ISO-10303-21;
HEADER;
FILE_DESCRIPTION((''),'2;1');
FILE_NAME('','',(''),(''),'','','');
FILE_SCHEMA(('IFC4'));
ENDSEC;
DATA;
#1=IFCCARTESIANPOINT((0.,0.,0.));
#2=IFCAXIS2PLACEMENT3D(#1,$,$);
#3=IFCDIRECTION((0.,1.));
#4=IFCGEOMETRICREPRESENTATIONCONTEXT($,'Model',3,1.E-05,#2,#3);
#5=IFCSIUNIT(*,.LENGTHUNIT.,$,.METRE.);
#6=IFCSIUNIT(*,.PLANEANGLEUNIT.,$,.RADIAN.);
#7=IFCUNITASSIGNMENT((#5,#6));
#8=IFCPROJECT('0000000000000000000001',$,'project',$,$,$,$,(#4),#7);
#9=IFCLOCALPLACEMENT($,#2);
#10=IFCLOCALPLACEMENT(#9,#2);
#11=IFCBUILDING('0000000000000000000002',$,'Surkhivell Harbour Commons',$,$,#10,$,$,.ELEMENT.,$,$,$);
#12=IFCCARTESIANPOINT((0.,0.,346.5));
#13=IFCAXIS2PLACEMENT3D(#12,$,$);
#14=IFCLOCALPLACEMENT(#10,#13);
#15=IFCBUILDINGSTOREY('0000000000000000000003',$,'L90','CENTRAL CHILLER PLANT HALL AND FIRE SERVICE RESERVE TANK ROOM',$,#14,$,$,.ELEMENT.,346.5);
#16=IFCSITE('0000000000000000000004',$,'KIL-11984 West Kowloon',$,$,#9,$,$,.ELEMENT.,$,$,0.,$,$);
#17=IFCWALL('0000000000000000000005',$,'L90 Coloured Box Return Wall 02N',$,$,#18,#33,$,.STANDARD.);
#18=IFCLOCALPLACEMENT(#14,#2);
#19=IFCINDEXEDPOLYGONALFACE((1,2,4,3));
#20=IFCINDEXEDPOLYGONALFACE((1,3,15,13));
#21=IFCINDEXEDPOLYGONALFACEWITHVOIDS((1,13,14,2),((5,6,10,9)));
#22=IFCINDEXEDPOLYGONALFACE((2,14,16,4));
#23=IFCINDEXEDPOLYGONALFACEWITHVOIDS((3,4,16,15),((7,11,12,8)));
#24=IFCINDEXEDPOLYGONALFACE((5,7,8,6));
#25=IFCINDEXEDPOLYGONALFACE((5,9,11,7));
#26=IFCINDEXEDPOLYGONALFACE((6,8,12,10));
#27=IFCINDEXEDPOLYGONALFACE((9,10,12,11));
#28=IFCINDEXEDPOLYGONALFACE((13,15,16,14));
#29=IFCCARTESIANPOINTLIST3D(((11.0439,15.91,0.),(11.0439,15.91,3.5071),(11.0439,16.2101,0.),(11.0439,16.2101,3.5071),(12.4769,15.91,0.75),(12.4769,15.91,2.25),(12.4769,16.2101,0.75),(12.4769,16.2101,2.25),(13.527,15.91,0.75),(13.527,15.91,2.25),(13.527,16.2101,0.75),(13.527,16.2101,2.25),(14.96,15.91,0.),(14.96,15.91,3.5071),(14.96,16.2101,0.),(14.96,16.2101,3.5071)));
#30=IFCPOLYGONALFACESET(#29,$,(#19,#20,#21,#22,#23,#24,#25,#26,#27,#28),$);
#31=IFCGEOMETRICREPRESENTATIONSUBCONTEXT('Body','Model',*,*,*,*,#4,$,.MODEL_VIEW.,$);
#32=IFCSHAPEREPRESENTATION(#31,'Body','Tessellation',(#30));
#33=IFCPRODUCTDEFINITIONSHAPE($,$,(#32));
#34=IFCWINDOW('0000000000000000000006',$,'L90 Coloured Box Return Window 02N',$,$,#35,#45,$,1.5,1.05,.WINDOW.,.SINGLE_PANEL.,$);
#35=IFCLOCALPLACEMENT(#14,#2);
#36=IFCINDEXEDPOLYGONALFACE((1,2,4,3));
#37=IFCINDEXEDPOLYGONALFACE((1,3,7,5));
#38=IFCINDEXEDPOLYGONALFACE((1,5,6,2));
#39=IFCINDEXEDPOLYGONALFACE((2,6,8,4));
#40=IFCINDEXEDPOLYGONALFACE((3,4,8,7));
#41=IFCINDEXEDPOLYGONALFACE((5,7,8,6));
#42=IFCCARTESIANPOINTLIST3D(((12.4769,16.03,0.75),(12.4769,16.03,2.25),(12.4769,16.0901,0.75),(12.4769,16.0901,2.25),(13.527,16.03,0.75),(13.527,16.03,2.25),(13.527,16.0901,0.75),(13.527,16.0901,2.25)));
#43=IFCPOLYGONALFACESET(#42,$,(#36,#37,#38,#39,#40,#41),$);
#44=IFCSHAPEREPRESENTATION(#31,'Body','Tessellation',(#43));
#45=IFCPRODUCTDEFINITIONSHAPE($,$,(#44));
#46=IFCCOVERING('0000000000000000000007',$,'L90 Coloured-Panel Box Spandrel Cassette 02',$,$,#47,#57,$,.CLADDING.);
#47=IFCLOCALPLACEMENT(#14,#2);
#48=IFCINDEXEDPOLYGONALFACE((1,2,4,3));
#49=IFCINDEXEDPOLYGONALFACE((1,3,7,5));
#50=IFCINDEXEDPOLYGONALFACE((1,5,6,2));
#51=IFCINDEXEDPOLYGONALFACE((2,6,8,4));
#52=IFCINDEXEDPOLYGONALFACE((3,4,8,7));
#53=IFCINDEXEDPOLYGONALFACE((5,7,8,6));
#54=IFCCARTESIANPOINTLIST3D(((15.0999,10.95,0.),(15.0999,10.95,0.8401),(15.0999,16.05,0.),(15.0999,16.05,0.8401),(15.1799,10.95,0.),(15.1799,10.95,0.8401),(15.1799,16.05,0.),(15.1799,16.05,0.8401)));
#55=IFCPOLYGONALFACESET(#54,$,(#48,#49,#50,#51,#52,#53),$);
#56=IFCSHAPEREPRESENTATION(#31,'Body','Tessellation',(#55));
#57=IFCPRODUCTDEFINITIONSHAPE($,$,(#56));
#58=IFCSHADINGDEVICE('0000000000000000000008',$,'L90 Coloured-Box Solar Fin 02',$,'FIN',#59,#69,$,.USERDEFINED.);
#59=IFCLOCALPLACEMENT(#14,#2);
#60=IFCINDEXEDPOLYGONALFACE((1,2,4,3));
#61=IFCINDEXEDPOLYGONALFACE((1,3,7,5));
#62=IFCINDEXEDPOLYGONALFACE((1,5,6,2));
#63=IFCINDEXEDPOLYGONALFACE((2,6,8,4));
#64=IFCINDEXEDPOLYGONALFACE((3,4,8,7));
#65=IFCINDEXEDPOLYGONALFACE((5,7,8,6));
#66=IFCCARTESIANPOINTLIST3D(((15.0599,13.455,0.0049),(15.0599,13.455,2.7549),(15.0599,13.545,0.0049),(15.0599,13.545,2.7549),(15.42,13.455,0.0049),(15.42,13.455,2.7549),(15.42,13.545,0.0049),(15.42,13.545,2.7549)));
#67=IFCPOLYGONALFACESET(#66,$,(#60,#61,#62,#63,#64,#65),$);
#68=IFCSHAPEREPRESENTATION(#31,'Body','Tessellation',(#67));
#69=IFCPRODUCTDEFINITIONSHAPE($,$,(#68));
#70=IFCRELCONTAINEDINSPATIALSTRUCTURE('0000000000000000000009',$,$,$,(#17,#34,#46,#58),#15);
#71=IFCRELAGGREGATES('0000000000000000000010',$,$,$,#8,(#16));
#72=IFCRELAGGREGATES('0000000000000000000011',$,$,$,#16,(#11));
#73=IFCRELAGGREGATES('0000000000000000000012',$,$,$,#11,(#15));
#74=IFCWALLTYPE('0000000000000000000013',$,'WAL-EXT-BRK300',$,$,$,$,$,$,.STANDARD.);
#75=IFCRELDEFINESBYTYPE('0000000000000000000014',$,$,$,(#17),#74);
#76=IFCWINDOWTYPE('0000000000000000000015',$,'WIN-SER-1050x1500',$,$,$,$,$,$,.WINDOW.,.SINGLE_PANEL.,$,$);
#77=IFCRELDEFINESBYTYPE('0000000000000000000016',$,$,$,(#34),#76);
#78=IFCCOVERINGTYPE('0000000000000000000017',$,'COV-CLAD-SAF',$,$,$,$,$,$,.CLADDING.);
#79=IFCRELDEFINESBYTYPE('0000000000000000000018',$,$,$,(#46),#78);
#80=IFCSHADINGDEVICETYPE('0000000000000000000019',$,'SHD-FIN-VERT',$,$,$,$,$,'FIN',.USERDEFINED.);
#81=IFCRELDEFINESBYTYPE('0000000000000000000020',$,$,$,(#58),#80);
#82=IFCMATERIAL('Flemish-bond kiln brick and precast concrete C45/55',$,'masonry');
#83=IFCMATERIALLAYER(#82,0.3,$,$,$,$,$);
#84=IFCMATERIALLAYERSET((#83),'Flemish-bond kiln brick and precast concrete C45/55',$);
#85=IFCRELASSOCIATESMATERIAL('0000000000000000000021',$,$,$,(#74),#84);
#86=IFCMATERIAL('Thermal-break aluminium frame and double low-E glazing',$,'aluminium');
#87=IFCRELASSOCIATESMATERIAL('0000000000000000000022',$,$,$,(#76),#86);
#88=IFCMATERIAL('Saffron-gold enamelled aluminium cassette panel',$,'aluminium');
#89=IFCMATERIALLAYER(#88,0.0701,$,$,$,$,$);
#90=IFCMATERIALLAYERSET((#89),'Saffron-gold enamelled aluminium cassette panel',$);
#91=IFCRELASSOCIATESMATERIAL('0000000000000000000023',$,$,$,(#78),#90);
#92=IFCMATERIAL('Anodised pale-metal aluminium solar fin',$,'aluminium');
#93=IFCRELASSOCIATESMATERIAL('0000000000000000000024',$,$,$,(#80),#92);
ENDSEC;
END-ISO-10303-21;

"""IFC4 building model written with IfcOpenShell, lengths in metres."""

from ifc_helpers import new_model, si_unit, direction, frame, frame_2d, origin, origin_2d, place, context, subcontext, project, spatial, rectangle, extrude, material, layer, layer_set, type_object, element, fill, save


model = new_model("IFC4")

# Units and contexts
model_context = context("Model", 3, precision=1e-05, world=origin(), true_north=direction((0.0, 1.0)))
body_context = subcontext(model_context, "Body", "Model", "MODEL_VIEW")
ifc_project = project(units=[si_unit("LENGTHUNIT", "METRE"), si_unit("PLANEANGLEUNIT", "RADIAN")], contexts=[model_context])

# Site, building, storey
site_placement = place(None, origin())
site = spatial("IfcSite", under=ifc_project, at=site_placement, Name="KIL-11984 West Kowloon", CompositionType="ELEMENT", RefElevation=0.0)
building_placement = place(site_placement, origin())
building = spatial("IfcBuilding", under=site, at=building_placement, Name="Surkhivell Harbour Commons", CompositionType="ELEMENT")
storey_placement = place(building_placement, frame((0.0, 0.0, 346.5)))
storey = spatial("IfcBuildingStorey", under=building, at=storey_placement, Name="L90", Description="CENTRAL CHILLER PLANT HALL AND FIRE SERVICE RESERVE TANK ROOM", CompositionType="ELEMENT", Elevation=346.5)

# Wall, opening, window
ifc_material_1 = material(Name="Flemish-bond kiln brick and precast concrete C45/55", Category="masonry")
ifc_layer_1 = layer(ifc_material_1, 0.3)
ifc_layer_set_1 = layer_set([ifc_layer_1], Name="Flemish-bond kiln brick and precast concrete C45/55")
wall_type = type_object("IfcWallType", Name="WAL-EXT-BRK300", PredefinedType="STANDARD", material=ifc_layer_set_1)
ifc_material_2 = material(Name="Thermal-break aluminium frame and double low-E glazing", Category="aluminium")
window_type_1 = type_object("IfcWindowType", Name="WIN-SER-1050x1500", PartitioningType="SINGLE_PANEL", PredefinedType="WINDOW", material=ifc_material_2)
wall_1_placement = place(storey_placement, frame((11.0439, 16.0601, 0.0), z_axis=(0.0, 0.0, 1.0), x_axis=(1.0, 0.0, 0.0)))
wall_1 = element("IfcWall", 1, at=wall_1_placement, inside=storey, type_object=wall_type, Name="L90 Coloured Box Return Wall 02N", PredefinedType="STANDARD", context=body_context, shape_type="SweptSolid", body=[
    extrude(rectangle(XDim=3.916, YDim=0.3, at=frame_2d((1.958, 0.0))), origin(), (0.0, 0.0, 1.0), 3.5071),
])
opening_1_placement = place(wall_1_placement, frame((1.4331, 0.0, 0.75)))
opening_1 = element("IfcOpeningElement", 2, at=opening_1_placement, cuts=wall_1, PredefinedType="OPENING", context=body_context, shape_type="SweptSolid", body=[
    extrude(rectangle(XDim=1.05, YDim=1.5, at=frame_2d((0.5249, 0.75))), frame((0.0, 0.1599, 0.0), z_axis=(0.0, -1.0, 0.0), x_axis=(1.0, 0.0, 0.0)), (0.0, 0.0, 1.0), 0.3201),
])
window_1_placement = place(opening_1_placement, origin())
window_1 = element("IfcWindow", 3, at=window_1_placement, inside=storey, type_object=window_type_1, Name="L90 Coloured Box Return Window 02N", OverallHeight=1.5, OverallWidth=1.05, PartitioningType="SINGLE_PANEL", PredefinedType="WINDOW", context=body_context, shape_type="SweptSolid", body=[
    extrude(rectangle(XDim=1.05, YDim=1.5, at=frame_2d((0.5249, 0.75))), frame((0.0, 0.03, 0.0), z_axis=(0.0, -1.0, 0.0), x_axis=(1.0, 0.0, 0.0)), (0.0, 0.0, 1.0), 0.0601),
])
fill(opening_1, window_1)

# Covering
ifc_material_3 = material(Name="Saffron-gold enamelled aluminium cassette panel", Category="aluminium")
ifc_layer_2 = layer(ifc_material_3, 0.0701)
ifc_layer_set_2 = layer_set([ifc_layer_2], Name="Saffron-gold enamelled aluminium cassette panel")
covering_type = type_object("IfcCoveringType", Name="COV-CLAD-SAF", PredefinedType="CLADDING", material=ifc_layer_set_2)
covering_placement = place(storey_placement, frame((15.1399, 13.5, 0.0), z_axis=(0.0, 0.0, 1.0), x_axis=(1.0, 0.0, 0.0)))
element("IfcCovering", 4, at=covering_placement, inside=storey, type_object=covering_type, Name="L90 Coloured-Panel Box Spandrel Cassette 02", PredefinedType="CLADDING", context=body_context, shape_type="SweptSolid", body=[
    extrude(rectangle(XDim=0.0801, YDim=5.1001, at=origin_2d()), origin(), (0.0, 0.0, 1.0), 0.8401),
])

# Shading device
ifc_material_4 = material(Name="Anodised pale-metal aluminium solar fin", Category="aluminium")
shading_device_type = type_object("IfcShadingDeviceType", Name="SHD-FIN-VERT", ElementType="FIN", PredefinedType="USERDEFINED", material=ifc_material_4)
shading_device_placement = place(storey_placement, frame((15.24, 13.5, 0.0049), z_axis=(0.0, 0.0, 1.0), x_axis=(1.0, 0.0, 0.0)))
element("IfcShadingDevice", 5, at=shading_device_placement, inside=storey, type_object=shading_device_type, Name="L90 Coloured-Box Solar Fin 02", ObjectType="FIN", PredefinedType="USERDEFINED", context=body_context, shape_type="SweptSolid", body=[
    extrude(rectangle(XDim=0.3601, YDim=0.0901, at=origin_2d()), origin(), (0.0, 0.0, 1.0), 2.75),
])

save(model, "model.ifc")
